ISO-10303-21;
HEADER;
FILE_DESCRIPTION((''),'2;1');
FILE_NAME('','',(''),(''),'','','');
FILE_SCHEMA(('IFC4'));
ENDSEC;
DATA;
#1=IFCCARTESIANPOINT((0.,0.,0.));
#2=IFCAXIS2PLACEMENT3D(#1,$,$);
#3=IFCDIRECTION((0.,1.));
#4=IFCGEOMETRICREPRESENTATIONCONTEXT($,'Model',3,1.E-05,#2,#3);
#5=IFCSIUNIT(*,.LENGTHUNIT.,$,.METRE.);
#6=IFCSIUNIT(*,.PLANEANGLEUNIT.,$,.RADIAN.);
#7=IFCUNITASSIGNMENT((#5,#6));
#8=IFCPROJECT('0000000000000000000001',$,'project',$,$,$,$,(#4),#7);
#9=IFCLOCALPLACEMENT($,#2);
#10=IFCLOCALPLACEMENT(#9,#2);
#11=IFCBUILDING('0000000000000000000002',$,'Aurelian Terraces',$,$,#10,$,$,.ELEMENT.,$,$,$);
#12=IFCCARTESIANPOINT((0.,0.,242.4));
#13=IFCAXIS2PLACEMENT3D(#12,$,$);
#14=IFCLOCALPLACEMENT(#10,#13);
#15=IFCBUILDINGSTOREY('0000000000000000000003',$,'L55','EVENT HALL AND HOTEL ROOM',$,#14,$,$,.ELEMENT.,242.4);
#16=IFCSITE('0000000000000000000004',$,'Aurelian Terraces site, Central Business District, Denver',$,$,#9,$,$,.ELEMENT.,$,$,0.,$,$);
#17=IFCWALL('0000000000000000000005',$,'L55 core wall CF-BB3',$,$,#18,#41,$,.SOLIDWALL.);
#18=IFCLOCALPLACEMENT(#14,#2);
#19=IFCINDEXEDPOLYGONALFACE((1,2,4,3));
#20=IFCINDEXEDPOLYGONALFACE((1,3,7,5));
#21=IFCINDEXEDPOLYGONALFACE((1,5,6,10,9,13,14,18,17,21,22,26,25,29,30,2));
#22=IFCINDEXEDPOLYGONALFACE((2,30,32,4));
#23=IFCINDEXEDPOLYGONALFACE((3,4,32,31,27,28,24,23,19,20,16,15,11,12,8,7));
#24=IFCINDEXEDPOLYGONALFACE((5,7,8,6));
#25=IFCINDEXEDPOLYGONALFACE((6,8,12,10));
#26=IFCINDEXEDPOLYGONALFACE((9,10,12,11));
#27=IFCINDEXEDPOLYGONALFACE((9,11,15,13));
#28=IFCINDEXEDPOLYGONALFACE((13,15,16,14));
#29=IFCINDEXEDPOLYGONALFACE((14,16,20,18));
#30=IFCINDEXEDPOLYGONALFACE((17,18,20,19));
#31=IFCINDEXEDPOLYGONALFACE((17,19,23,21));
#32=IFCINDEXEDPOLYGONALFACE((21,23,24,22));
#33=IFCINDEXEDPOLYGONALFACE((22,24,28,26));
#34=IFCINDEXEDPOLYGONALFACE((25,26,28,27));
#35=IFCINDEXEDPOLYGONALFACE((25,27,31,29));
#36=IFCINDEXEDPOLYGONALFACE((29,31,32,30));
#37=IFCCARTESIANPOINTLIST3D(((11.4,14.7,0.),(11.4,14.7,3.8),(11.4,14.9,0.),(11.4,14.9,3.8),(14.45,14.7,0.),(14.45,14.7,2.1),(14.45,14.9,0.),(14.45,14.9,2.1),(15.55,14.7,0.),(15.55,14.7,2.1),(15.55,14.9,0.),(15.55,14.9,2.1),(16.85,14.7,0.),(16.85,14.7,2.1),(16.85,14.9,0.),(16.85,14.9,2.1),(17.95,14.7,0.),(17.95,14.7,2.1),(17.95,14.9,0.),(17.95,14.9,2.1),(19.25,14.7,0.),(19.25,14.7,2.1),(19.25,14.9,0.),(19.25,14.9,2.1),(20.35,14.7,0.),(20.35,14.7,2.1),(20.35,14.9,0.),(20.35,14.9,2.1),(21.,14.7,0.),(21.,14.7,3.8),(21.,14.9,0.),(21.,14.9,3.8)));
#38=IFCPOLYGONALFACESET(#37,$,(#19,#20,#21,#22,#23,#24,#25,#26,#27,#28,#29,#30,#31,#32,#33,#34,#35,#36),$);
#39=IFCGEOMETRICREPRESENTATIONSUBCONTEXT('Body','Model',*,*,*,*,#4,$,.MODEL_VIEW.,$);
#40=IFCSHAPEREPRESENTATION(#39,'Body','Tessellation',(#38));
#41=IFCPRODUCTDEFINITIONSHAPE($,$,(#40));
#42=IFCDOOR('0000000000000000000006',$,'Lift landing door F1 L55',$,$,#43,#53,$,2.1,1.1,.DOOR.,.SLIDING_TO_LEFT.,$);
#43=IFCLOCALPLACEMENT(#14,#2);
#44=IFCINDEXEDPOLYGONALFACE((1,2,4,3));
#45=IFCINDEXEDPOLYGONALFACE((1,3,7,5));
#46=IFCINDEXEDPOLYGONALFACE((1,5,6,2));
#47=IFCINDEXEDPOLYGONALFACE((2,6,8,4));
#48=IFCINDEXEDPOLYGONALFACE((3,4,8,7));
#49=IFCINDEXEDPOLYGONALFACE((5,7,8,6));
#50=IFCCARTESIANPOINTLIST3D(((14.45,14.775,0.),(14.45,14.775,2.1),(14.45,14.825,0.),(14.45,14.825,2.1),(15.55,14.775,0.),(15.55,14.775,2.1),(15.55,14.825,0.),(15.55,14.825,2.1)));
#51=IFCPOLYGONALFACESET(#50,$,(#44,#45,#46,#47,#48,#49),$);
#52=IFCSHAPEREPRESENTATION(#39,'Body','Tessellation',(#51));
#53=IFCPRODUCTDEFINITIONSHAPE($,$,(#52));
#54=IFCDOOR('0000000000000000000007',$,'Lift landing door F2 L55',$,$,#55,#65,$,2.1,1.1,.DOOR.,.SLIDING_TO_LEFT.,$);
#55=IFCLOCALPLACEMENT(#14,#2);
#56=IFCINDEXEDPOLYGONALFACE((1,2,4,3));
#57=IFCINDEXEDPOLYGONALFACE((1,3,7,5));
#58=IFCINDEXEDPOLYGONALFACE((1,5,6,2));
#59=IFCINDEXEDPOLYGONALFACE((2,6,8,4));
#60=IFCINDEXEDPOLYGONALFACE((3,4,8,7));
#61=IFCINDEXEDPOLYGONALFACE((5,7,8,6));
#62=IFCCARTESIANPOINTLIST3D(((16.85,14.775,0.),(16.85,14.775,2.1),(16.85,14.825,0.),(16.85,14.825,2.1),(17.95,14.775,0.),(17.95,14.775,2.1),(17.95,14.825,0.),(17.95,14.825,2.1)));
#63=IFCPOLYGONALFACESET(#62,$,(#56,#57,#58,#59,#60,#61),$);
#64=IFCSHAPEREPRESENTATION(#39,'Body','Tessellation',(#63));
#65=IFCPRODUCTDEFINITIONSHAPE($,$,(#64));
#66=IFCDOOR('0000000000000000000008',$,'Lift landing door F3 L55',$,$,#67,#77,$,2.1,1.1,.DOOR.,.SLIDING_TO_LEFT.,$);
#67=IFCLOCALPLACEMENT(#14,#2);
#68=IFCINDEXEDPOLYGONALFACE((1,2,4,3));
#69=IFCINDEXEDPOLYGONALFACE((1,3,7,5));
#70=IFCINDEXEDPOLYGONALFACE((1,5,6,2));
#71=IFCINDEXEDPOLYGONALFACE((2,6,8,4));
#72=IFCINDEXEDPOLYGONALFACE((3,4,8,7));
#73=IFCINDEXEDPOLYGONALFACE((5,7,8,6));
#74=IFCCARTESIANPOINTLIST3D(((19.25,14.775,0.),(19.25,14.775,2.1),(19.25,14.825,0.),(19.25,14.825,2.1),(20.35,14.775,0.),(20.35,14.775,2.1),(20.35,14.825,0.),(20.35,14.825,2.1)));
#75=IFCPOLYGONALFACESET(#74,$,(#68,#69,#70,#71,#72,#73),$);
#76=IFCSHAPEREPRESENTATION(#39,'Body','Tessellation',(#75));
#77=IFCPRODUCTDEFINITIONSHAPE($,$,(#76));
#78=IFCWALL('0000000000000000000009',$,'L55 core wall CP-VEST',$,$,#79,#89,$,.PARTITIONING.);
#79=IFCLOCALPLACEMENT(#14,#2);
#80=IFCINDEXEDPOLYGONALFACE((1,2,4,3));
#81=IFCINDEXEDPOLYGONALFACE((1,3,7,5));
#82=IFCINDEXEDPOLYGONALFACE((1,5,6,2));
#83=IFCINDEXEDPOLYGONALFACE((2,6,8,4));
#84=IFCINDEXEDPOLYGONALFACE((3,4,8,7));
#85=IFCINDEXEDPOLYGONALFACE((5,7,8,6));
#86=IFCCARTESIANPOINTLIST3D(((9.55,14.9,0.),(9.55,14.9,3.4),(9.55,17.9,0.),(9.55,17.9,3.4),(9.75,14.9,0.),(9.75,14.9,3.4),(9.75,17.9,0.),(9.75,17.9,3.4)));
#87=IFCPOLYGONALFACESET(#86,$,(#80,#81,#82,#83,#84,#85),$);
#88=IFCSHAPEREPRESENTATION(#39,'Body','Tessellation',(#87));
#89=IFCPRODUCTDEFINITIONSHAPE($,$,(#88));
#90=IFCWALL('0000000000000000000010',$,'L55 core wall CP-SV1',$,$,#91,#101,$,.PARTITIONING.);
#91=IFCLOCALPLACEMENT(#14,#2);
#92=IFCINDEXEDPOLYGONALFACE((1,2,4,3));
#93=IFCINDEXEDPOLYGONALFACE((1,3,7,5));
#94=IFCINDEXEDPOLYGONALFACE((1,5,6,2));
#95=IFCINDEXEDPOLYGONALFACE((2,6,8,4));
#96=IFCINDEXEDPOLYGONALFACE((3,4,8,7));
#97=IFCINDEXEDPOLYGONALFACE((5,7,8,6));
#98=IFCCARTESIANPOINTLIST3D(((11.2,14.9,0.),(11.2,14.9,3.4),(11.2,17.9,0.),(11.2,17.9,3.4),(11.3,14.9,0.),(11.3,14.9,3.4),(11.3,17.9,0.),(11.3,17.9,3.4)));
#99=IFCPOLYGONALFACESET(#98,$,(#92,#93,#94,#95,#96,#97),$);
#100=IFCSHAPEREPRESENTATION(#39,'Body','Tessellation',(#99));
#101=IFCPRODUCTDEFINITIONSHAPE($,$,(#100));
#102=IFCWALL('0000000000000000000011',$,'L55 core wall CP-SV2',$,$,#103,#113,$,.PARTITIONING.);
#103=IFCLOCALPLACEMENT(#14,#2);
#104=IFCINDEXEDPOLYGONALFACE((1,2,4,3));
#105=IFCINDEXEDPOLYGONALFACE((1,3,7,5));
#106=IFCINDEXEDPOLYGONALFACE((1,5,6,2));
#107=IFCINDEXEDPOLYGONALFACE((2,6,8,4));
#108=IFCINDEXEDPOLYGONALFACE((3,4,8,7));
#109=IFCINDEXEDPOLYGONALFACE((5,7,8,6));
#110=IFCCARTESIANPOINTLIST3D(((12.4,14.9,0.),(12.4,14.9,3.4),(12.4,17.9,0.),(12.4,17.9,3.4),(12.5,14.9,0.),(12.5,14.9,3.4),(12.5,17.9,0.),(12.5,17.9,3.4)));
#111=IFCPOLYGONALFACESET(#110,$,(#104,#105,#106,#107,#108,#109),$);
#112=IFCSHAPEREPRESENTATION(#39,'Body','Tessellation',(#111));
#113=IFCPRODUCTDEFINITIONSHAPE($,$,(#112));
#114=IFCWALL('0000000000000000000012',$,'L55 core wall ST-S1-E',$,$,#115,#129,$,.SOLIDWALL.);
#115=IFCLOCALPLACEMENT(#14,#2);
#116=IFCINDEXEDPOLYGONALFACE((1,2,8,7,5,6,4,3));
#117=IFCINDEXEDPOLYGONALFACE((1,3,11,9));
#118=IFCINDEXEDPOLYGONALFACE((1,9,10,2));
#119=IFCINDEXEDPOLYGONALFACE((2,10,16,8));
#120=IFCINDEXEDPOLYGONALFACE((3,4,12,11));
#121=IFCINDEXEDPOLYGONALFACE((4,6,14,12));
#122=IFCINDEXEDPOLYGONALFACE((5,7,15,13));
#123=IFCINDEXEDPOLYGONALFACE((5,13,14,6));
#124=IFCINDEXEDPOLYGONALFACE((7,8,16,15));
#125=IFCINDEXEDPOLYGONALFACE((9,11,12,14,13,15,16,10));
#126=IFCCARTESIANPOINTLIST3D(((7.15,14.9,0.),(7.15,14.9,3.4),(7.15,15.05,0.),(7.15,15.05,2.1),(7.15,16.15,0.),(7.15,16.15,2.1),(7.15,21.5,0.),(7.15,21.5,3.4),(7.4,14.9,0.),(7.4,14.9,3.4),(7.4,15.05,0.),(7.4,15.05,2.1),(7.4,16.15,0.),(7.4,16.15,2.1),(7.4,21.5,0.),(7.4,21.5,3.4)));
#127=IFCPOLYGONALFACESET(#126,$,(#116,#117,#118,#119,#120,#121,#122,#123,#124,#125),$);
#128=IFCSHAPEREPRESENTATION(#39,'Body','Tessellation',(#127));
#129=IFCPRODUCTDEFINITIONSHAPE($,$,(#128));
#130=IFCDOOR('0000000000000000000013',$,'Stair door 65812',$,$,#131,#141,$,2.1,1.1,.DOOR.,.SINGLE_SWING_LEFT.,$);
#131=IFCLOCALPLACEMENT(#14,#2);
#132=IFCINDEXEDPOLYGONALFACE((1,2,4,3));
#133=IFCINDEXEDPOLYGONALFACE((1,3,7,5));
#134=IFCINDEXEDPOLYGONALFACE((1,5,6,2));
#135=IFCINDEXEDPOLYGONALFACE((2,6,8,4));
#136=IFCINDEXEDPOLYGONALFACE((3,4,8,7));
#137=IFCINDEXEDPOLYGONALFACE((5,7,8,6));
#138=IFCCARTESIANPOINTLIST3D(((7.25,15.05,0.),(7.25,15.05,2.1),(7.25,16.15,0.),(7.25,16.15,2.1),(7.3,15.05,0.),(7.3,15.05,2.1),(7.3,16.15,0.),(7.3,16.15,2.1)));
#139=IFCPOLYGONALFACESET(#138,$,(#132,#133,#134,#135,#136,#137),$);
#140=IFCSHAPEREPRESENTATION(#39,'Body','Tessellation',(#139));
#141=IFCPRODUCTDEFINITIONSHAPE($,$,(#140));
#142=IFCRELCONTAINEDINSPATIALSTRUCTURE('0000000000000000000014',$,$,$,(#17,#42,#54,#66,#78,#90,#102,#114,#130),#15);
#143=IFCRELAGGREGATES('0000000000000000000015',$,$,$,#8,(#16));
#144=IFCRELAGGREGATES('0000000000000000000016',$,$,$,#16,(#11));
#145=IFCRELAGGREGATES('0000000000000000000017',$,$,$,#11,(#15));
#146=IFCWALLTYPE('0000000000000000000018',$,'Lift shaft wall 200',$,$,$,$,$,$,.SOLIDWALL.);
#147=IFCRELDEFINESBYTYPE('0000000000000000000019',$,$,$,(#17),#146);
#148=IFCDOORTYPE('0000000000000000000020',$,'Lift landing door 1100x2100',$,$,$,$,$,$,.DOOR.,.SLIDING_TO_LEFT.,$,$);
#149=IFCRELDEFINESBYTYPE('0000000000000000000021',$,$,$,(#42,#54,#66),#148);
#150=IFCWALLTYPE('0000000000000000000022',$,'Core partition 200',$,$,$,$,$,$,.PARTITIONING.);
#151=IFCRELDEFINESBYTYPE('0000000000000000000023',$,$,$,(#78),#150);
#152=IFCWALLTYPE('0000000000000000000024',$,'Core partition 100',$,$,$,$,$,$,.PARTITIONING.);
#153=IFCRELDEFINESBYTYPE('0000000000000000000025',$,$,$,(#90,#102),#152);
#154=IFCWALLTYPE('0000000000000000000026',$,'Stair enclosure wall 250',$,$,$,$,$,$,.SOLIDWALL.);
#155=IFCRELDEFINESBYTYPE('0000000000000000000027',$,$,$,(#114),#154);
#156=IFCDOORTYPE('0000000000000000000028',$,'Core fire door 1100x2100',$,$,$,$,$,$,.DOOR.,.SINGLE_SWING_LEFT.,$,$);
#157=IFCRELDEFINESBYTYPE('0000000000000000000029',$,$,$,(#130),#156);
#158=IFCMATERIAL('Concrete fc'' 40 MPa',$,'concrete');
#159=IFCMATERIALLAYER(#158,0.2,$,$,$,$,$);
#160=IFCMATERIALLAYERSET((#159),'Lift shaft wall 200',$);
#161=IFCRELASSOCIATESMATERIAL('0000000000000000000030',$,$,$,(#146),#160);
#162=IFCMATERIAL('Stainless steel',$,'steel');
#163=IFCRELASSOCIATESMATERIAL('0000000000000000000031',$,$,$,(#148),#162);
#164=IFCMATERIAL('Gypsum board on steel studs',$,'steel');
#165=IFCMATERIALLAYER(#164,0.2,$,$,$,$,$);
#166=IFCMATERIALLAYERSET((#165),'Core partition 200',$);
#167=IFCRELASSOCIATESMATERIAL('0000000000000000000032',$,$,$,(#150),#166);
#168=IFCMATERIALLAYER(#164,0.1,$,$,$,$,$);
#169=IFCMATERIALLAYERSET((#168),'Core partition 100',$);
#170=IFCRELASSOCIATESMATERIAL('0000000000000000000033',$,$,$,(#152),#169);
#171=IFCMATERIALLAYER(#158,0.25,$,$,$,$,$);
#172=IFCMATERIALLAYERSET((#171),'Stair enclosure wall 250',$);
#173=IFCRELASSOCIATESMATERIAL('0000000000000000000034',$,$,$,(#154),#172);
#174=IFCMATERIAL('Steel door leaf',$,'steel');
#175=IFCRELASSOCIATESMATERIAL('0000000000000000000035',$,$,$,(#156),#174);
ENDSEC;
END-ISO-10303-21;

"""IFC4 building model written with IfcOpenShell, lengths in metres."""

from ifc_helpers import new_model, si_unit, direction, frame, frame_2d, origin, place, context, subcontext, project, spatial, rectangle, extrude, source, transform, mapped, material, layer, layer_set, type_object, element, fill, save


model = new_model("IFC4")

# Units and contexts
model_context = context("Model", 3, precision=1e-05, world=origin(), true_north=direction((0.0, 1.0)))
body_context = subcontext(model_context, "Body", "Model", "MODEL_VIEW")
ifc_project = project(units=[si_unit("LENGTHUNIT", "METRE"), si_unit("PLANEANGLEUNIT", "RADIAN")], contexts=[model_context])

# Site, building, storey
site_placement = place(None, origin())
site = spatial("IfcSite", under=ifc_project, at=site_placement, Name="Aurelian Terraces site, Central Business District, Denver", CompositionType="ELEMENT", RefElevation=0.0)
building_placement = place(site_placement, origin())
building = spatial("IfcBuilding", under=site, at=building_placement, Name="Aurelian Terraces", CompositionType="ELEMENT")
storey_placement = place(building_placement, frame((0.0, 0.0, 242.4)))
storey = spatial("IfcBuildingStorey", under=building, at=storey_placement, Name="L55", Description="EVENT HALL AND HOTEL ROOM", CompositionType="ELEMENT", Elevation=242.4)

# Wall, openings, doors
ifc_material_1 = material(Name="Concrete fc' 40 MPa", Category="concrete")
ifc_layer_1 = layer(ifc_material_1, 0.2)
ifc_layer_set_1 = layer_set([ifc_layer_1], Name="Lift shaft wall 200")
wall_type_1 = type_object("IfcWallType", Name="Lift shaft wall 200", PredefinedType="SOLIDWALL", material=ifc_layer_set_1)
shared_shape_1 = source(origin(), body_context, "Body", "SweptSolid", [
    extrude(rectangle(XDim=9.6, YDim=0.2, at=frame_2d((4.8, 0.0))), origin(), (0.0, 0.0, 1.0), 3.8),
])
wall_1_placement = place(storey_placement, frame((11.4, 14.8, 0.0), z_axis=(0.0, 0.0, 1.0), x_axis=(1.0, 0.0, 0.0)))
wall_1 = element("IfcWall", 1, at=wall_1_placement, inside=storey, type_object=wall_type_1, Name="L55 core wall CF-BB3", PredefinedType="SOLIDWALL", context=body_context, shape_type="MappedRepresentation", body=[
    mapped(shared_shape_1, transform((0.0, 0.0, 0.0), scale=1.0)),
])
shared_shape_2 = source(origin(), body_context, "Body", "SweptSolid", [
    extrude(rectangle(XDim=1.1, YDim=2.1, at=frame_2d((0.55, 1.05))), frame((0.0, 0.11, 0.0), z_axis=(0.0, -1.0, 0.0), x_axis=(1.0, 0.0, 0.0)), (0.0, 0.0, 1.0), 0.22),
])
opening_1_placement = place(wall_1_placement, frame((3.05, 0.0, 0.0)))
opening_1 = element("IfcOpeningElement", 2, at=opening_1_placement, cuts=wall_1, PredefinedType="OPENING", context=body_context, shape_type="MappedRepresentation", body=[
    mapped(shared_shape_2, transform((0.0, 0.0, 0.0), scale=1.0)),
])
opening_2_placement = place(wall_1_placement, frame((5.45, 0.0, 0.0)))
opening_2 = element("IfcOpeningElement", 3, at=opening_2_placement, cuts=wall_1, PredefinedType="OPENING", context=body_context, shape_type="MappedRepresentation", body=[
    mapped(shared_shape_2, transform((0.0, 0.0, 0.0), scale=1.0)),
])
opening_3_placement = place(wall_1_placement, frame((7.85, 0.0, 0.0)))
opening_3 = element("IfcOpeningElement", 4, at=opening_3_placement, cuts=wall_1, PredefinedType="OPENING", context=body_context, shape_type="MappedRepresentation", body=[
    mapped(shared_shape_2, transform((0.0, 0.0, 0.0), scale=1.0)),
])
ifc_material_2 = material(Name="Stainless steel", Category="steel")
door_type_1 = type_object("IfcDoorType", Name="Lift landing door 1100x2100", OperationType="SLIDING_TO_LEFT", PredefinedType="DOOR", material=ifc_material_2)
shared_shape_3 = source(origin(), body_context, "Body", "SweptSolid", [
    extrude(rectangle(XDim=1.1, YDim=2.1, at=frame_2d((0.55, 1.05))), frame((0.0, 0.025, 0.0), z_axis=(0.0, -1.0, 0.0), x_axis=(1.0, 0.0, 0.0)), (0.0, 0.0, 1.0), 0.05),
])
door_1_placement = place(opening_1_placement, origin())
door_1 = element("IfcDoor", 5, at=door_1_placement, inside=storey, type_object=door_type_1, Name="Lift landing door F1 L55", OperationType="SLIDING_TO_LEFT", OverallHeight=2.1, OverallWidth=1.1, PredefinedType="DOOR", context=body_context, shape_type="MappedRepresentation", body=[
    mapped(shared_shape_3, transform((0.0, 0.0, 0.0), scale=1.0)),
])
fill(opening_1, door_1)
door_2_placement = place(opening_2_placement, origin())
door_2 = element("IfcDoor", 6, at=door_2_placement, inside=storey, type_object=door_type_1, Name="Lift landing door F2 L55", OperationType="SLIDING_TO_LEFT", OverallHeight=2.1, OverallWidth=1.1, PredefinedType="DOOR", context=body_context, shape_type="MappedRepresentation", body=[
    mapped(shared_shape_3, transform((0.0, 0.0, 0.0), scale=1.0)),
])
fill(opening_2, door_2)
door_3_placement = place(opening_3_placement, origin())
door_3 = element("IfcDoor", 7, at=door_3_placement, inside=storey, type_object=door_type_1, Name="Lift landing door F3 L55", OperationType="SLIDING_TO_LEFT", OverallHeight=2.1, OverallWidth=1.1, PredefinedType="DOOR", context=body_context, shape_type="MappedRepresentation", body=[
    mapped(shared_shape_3, transform((0.0, 0.0, 0.0), scale=1.0)),
])
fill(opening_3, door_3)

# Walls
ifc_material_3 = material(Name="Gypsum board on steel studs", Category="steel")
ifc_layer_2 = layer(ifc_material_3, 0.2)
ifc_layer_set_2 = layer_set([ifc_layer_2], Name="Core partition 200")
wall_type_2 = type_object("IfcWallType", Name="Core partition 200", PredefinedType="PARTITIONING", material=ifc_layer_set_2)
shared_shape_4 = source(origin(), body_context, "Body", "SweptSolid", [
    extrude(rectangle(XDim=3.0, YDim=0.2, at=frame_2d((1.5, 0.0))), origin(), (0.0, 0.0, 1.0), 3.4),
])
wall_2_placement = place(storey_placement, frame((9.65, 14.9, 0.0), z_axis=(0.0, 0.0, 1.0), x_axis=(0.0, 1.0, 0.0)))
element("IfcWall", 8, at=wall_2_placement, inside=storey, type_object=wall_type_2, Name="L55 core wall CP-VEST", PredefinedType="PARTITIONING", context=body_context, shape_type="MappedRepresentation", body=[
    mapped(shared_shape_4, transform((0.0, 0.0, 0.0), scale=1.0)),
])
ifc_layer_3 = layer(ifc_material_3, 0.1)
ifc_layer_set_3 = layer_set([ifc_layer_3], Name="Core partition 100")
wall_type_3 = type_object("IfcWallType", Name="Core partition 100", PredefinedType="PARTITIONING", material=ifc_layer_set_3)
shared_shape_5 = source(origin(), body_context, "Body", "SweptSolid", [
    extrude(rectangle(XDim=3.0, YDim=0.1, at=frame_2d((1.5, 0.0))), origin(), (0.0, 0.0, 1.0), 3.4),
])
for number, where, z_axis, x_axis, name in (
    (9, (11.25, 14.9, 0.0), (0.0, 0.0, 1.0), (0.0, 1.0, 0.0), "L55 core wall CP-SV1"),
    (10, (12.45, 14.9, 0.0), (0.0, 0.0, 1.0), (0.0, 1.0, 0.0), "L55 core wall CP-SV2"),
):
    element("IfcWall", number, at=place(storey_placement, frame(where, z_axis=z_axis, x_axis=x_axis)), inside=storey, type_object=wall_type_3, Name=name, PredefinedType="PARTITIONING", context=body_context, shape_type="MappedRepresentation", body=[
        mapped(shared_shape_5, transform((0.0, 0.0, 0.0), scale=1.0)),
    ])

# Wall, opening, door
ifc_layer_4 = layer(ifc_material_1, 0.25)
ifc_layer_set_4 = layer_set([ifc_layer_4], Name="Stair enclosure wall 250")
wall_type_4 = type_object("IfcWallType", Name="Stair enclosure wall 250", PredefinedType="SOLIDWALL", material=ifc_layer_set_4)
shared_shape_6 = source(origin(), body_context, "Body", "SweptSolid", [
    extrude(rectangle(XDim=6.6, YDim=0.25, at=frame_2d((3.3, 0.0))), origin(), (0.0, 0.0, 1.0), 3.4),
])
wall_3_placement = place(storey_placement, frame((7.275, 14.9, 0.0), z_axis=(0.0, 0.0, 1.0), x_axis=(0.0, 1.0, 0.0)))
wall_3 = element("IfcWall", 11, at=wall_3_placement, inside=storey, type_object=wall_type_4, Name="L55 core wall ST-S1-E", PredefinedType="SOLIDWALL", context=body_context, shape_type="MappedRepresentation", body=[
    mapped(shared_shape_6, transform((0.0, 0.0, 0.0), scale=1.0)),
])
shared_shape_7 = source(origin(), body_context, "Body", "SweptSolid", [
    extrude(rectangle(XDim=1.1, YDim=2.1, at=frame_2d((0.55, 1.05))), frame((0.0, 0.135, 0.0), z_axis=(0.0, -1.0, 0.0), x_axis=(1.0, 0.0, 0.0)), (0.0, 0.0, 1.0), 0.27),
])
opening_4_placement = place(wall_3_placement, frame((0.15, 0.0, 0.0)))
opening_4 = element("IfcOpeningElement", 12, at=opening_4_placement, cuts=wall_3, PredefinedType="OPENING", context=body_context, shape_type="MappedRepresentation", body=[
    mapped(shared_shape_7, transform((0.0, 0.0, 0.0), scale=1.0)),
])
ifc_material_4 = material(Name="Steel door leaf", Category="steel")
door_type_2 = type_object("IfcDoorType", Name="Core fire door 1100x2100", OperationType="SINGLE_SWING_LEFT", PredefinedType="DOOR", material=ifc_material_4)
door_4_placement = place(opening_4_placement, origin())
door_4 = element("IfcDoor", 13, at=door_4_placement, inside=storey, type_object=door_type_2, Name="Stair door 65812", OperationType="SINGLE_SWING_LEFT", OverallHeight=2.1, OverallWidth=1.1, PredefinedType="DOOR", context=body_context, shape_type="MappedRepresentation", body=[
    mapped(shared_shape_3, transform((0.0, 0.0, 0.0), scale=1.0)),
])
fill(opening_4, door_4)

save(model, "model.ifc")
